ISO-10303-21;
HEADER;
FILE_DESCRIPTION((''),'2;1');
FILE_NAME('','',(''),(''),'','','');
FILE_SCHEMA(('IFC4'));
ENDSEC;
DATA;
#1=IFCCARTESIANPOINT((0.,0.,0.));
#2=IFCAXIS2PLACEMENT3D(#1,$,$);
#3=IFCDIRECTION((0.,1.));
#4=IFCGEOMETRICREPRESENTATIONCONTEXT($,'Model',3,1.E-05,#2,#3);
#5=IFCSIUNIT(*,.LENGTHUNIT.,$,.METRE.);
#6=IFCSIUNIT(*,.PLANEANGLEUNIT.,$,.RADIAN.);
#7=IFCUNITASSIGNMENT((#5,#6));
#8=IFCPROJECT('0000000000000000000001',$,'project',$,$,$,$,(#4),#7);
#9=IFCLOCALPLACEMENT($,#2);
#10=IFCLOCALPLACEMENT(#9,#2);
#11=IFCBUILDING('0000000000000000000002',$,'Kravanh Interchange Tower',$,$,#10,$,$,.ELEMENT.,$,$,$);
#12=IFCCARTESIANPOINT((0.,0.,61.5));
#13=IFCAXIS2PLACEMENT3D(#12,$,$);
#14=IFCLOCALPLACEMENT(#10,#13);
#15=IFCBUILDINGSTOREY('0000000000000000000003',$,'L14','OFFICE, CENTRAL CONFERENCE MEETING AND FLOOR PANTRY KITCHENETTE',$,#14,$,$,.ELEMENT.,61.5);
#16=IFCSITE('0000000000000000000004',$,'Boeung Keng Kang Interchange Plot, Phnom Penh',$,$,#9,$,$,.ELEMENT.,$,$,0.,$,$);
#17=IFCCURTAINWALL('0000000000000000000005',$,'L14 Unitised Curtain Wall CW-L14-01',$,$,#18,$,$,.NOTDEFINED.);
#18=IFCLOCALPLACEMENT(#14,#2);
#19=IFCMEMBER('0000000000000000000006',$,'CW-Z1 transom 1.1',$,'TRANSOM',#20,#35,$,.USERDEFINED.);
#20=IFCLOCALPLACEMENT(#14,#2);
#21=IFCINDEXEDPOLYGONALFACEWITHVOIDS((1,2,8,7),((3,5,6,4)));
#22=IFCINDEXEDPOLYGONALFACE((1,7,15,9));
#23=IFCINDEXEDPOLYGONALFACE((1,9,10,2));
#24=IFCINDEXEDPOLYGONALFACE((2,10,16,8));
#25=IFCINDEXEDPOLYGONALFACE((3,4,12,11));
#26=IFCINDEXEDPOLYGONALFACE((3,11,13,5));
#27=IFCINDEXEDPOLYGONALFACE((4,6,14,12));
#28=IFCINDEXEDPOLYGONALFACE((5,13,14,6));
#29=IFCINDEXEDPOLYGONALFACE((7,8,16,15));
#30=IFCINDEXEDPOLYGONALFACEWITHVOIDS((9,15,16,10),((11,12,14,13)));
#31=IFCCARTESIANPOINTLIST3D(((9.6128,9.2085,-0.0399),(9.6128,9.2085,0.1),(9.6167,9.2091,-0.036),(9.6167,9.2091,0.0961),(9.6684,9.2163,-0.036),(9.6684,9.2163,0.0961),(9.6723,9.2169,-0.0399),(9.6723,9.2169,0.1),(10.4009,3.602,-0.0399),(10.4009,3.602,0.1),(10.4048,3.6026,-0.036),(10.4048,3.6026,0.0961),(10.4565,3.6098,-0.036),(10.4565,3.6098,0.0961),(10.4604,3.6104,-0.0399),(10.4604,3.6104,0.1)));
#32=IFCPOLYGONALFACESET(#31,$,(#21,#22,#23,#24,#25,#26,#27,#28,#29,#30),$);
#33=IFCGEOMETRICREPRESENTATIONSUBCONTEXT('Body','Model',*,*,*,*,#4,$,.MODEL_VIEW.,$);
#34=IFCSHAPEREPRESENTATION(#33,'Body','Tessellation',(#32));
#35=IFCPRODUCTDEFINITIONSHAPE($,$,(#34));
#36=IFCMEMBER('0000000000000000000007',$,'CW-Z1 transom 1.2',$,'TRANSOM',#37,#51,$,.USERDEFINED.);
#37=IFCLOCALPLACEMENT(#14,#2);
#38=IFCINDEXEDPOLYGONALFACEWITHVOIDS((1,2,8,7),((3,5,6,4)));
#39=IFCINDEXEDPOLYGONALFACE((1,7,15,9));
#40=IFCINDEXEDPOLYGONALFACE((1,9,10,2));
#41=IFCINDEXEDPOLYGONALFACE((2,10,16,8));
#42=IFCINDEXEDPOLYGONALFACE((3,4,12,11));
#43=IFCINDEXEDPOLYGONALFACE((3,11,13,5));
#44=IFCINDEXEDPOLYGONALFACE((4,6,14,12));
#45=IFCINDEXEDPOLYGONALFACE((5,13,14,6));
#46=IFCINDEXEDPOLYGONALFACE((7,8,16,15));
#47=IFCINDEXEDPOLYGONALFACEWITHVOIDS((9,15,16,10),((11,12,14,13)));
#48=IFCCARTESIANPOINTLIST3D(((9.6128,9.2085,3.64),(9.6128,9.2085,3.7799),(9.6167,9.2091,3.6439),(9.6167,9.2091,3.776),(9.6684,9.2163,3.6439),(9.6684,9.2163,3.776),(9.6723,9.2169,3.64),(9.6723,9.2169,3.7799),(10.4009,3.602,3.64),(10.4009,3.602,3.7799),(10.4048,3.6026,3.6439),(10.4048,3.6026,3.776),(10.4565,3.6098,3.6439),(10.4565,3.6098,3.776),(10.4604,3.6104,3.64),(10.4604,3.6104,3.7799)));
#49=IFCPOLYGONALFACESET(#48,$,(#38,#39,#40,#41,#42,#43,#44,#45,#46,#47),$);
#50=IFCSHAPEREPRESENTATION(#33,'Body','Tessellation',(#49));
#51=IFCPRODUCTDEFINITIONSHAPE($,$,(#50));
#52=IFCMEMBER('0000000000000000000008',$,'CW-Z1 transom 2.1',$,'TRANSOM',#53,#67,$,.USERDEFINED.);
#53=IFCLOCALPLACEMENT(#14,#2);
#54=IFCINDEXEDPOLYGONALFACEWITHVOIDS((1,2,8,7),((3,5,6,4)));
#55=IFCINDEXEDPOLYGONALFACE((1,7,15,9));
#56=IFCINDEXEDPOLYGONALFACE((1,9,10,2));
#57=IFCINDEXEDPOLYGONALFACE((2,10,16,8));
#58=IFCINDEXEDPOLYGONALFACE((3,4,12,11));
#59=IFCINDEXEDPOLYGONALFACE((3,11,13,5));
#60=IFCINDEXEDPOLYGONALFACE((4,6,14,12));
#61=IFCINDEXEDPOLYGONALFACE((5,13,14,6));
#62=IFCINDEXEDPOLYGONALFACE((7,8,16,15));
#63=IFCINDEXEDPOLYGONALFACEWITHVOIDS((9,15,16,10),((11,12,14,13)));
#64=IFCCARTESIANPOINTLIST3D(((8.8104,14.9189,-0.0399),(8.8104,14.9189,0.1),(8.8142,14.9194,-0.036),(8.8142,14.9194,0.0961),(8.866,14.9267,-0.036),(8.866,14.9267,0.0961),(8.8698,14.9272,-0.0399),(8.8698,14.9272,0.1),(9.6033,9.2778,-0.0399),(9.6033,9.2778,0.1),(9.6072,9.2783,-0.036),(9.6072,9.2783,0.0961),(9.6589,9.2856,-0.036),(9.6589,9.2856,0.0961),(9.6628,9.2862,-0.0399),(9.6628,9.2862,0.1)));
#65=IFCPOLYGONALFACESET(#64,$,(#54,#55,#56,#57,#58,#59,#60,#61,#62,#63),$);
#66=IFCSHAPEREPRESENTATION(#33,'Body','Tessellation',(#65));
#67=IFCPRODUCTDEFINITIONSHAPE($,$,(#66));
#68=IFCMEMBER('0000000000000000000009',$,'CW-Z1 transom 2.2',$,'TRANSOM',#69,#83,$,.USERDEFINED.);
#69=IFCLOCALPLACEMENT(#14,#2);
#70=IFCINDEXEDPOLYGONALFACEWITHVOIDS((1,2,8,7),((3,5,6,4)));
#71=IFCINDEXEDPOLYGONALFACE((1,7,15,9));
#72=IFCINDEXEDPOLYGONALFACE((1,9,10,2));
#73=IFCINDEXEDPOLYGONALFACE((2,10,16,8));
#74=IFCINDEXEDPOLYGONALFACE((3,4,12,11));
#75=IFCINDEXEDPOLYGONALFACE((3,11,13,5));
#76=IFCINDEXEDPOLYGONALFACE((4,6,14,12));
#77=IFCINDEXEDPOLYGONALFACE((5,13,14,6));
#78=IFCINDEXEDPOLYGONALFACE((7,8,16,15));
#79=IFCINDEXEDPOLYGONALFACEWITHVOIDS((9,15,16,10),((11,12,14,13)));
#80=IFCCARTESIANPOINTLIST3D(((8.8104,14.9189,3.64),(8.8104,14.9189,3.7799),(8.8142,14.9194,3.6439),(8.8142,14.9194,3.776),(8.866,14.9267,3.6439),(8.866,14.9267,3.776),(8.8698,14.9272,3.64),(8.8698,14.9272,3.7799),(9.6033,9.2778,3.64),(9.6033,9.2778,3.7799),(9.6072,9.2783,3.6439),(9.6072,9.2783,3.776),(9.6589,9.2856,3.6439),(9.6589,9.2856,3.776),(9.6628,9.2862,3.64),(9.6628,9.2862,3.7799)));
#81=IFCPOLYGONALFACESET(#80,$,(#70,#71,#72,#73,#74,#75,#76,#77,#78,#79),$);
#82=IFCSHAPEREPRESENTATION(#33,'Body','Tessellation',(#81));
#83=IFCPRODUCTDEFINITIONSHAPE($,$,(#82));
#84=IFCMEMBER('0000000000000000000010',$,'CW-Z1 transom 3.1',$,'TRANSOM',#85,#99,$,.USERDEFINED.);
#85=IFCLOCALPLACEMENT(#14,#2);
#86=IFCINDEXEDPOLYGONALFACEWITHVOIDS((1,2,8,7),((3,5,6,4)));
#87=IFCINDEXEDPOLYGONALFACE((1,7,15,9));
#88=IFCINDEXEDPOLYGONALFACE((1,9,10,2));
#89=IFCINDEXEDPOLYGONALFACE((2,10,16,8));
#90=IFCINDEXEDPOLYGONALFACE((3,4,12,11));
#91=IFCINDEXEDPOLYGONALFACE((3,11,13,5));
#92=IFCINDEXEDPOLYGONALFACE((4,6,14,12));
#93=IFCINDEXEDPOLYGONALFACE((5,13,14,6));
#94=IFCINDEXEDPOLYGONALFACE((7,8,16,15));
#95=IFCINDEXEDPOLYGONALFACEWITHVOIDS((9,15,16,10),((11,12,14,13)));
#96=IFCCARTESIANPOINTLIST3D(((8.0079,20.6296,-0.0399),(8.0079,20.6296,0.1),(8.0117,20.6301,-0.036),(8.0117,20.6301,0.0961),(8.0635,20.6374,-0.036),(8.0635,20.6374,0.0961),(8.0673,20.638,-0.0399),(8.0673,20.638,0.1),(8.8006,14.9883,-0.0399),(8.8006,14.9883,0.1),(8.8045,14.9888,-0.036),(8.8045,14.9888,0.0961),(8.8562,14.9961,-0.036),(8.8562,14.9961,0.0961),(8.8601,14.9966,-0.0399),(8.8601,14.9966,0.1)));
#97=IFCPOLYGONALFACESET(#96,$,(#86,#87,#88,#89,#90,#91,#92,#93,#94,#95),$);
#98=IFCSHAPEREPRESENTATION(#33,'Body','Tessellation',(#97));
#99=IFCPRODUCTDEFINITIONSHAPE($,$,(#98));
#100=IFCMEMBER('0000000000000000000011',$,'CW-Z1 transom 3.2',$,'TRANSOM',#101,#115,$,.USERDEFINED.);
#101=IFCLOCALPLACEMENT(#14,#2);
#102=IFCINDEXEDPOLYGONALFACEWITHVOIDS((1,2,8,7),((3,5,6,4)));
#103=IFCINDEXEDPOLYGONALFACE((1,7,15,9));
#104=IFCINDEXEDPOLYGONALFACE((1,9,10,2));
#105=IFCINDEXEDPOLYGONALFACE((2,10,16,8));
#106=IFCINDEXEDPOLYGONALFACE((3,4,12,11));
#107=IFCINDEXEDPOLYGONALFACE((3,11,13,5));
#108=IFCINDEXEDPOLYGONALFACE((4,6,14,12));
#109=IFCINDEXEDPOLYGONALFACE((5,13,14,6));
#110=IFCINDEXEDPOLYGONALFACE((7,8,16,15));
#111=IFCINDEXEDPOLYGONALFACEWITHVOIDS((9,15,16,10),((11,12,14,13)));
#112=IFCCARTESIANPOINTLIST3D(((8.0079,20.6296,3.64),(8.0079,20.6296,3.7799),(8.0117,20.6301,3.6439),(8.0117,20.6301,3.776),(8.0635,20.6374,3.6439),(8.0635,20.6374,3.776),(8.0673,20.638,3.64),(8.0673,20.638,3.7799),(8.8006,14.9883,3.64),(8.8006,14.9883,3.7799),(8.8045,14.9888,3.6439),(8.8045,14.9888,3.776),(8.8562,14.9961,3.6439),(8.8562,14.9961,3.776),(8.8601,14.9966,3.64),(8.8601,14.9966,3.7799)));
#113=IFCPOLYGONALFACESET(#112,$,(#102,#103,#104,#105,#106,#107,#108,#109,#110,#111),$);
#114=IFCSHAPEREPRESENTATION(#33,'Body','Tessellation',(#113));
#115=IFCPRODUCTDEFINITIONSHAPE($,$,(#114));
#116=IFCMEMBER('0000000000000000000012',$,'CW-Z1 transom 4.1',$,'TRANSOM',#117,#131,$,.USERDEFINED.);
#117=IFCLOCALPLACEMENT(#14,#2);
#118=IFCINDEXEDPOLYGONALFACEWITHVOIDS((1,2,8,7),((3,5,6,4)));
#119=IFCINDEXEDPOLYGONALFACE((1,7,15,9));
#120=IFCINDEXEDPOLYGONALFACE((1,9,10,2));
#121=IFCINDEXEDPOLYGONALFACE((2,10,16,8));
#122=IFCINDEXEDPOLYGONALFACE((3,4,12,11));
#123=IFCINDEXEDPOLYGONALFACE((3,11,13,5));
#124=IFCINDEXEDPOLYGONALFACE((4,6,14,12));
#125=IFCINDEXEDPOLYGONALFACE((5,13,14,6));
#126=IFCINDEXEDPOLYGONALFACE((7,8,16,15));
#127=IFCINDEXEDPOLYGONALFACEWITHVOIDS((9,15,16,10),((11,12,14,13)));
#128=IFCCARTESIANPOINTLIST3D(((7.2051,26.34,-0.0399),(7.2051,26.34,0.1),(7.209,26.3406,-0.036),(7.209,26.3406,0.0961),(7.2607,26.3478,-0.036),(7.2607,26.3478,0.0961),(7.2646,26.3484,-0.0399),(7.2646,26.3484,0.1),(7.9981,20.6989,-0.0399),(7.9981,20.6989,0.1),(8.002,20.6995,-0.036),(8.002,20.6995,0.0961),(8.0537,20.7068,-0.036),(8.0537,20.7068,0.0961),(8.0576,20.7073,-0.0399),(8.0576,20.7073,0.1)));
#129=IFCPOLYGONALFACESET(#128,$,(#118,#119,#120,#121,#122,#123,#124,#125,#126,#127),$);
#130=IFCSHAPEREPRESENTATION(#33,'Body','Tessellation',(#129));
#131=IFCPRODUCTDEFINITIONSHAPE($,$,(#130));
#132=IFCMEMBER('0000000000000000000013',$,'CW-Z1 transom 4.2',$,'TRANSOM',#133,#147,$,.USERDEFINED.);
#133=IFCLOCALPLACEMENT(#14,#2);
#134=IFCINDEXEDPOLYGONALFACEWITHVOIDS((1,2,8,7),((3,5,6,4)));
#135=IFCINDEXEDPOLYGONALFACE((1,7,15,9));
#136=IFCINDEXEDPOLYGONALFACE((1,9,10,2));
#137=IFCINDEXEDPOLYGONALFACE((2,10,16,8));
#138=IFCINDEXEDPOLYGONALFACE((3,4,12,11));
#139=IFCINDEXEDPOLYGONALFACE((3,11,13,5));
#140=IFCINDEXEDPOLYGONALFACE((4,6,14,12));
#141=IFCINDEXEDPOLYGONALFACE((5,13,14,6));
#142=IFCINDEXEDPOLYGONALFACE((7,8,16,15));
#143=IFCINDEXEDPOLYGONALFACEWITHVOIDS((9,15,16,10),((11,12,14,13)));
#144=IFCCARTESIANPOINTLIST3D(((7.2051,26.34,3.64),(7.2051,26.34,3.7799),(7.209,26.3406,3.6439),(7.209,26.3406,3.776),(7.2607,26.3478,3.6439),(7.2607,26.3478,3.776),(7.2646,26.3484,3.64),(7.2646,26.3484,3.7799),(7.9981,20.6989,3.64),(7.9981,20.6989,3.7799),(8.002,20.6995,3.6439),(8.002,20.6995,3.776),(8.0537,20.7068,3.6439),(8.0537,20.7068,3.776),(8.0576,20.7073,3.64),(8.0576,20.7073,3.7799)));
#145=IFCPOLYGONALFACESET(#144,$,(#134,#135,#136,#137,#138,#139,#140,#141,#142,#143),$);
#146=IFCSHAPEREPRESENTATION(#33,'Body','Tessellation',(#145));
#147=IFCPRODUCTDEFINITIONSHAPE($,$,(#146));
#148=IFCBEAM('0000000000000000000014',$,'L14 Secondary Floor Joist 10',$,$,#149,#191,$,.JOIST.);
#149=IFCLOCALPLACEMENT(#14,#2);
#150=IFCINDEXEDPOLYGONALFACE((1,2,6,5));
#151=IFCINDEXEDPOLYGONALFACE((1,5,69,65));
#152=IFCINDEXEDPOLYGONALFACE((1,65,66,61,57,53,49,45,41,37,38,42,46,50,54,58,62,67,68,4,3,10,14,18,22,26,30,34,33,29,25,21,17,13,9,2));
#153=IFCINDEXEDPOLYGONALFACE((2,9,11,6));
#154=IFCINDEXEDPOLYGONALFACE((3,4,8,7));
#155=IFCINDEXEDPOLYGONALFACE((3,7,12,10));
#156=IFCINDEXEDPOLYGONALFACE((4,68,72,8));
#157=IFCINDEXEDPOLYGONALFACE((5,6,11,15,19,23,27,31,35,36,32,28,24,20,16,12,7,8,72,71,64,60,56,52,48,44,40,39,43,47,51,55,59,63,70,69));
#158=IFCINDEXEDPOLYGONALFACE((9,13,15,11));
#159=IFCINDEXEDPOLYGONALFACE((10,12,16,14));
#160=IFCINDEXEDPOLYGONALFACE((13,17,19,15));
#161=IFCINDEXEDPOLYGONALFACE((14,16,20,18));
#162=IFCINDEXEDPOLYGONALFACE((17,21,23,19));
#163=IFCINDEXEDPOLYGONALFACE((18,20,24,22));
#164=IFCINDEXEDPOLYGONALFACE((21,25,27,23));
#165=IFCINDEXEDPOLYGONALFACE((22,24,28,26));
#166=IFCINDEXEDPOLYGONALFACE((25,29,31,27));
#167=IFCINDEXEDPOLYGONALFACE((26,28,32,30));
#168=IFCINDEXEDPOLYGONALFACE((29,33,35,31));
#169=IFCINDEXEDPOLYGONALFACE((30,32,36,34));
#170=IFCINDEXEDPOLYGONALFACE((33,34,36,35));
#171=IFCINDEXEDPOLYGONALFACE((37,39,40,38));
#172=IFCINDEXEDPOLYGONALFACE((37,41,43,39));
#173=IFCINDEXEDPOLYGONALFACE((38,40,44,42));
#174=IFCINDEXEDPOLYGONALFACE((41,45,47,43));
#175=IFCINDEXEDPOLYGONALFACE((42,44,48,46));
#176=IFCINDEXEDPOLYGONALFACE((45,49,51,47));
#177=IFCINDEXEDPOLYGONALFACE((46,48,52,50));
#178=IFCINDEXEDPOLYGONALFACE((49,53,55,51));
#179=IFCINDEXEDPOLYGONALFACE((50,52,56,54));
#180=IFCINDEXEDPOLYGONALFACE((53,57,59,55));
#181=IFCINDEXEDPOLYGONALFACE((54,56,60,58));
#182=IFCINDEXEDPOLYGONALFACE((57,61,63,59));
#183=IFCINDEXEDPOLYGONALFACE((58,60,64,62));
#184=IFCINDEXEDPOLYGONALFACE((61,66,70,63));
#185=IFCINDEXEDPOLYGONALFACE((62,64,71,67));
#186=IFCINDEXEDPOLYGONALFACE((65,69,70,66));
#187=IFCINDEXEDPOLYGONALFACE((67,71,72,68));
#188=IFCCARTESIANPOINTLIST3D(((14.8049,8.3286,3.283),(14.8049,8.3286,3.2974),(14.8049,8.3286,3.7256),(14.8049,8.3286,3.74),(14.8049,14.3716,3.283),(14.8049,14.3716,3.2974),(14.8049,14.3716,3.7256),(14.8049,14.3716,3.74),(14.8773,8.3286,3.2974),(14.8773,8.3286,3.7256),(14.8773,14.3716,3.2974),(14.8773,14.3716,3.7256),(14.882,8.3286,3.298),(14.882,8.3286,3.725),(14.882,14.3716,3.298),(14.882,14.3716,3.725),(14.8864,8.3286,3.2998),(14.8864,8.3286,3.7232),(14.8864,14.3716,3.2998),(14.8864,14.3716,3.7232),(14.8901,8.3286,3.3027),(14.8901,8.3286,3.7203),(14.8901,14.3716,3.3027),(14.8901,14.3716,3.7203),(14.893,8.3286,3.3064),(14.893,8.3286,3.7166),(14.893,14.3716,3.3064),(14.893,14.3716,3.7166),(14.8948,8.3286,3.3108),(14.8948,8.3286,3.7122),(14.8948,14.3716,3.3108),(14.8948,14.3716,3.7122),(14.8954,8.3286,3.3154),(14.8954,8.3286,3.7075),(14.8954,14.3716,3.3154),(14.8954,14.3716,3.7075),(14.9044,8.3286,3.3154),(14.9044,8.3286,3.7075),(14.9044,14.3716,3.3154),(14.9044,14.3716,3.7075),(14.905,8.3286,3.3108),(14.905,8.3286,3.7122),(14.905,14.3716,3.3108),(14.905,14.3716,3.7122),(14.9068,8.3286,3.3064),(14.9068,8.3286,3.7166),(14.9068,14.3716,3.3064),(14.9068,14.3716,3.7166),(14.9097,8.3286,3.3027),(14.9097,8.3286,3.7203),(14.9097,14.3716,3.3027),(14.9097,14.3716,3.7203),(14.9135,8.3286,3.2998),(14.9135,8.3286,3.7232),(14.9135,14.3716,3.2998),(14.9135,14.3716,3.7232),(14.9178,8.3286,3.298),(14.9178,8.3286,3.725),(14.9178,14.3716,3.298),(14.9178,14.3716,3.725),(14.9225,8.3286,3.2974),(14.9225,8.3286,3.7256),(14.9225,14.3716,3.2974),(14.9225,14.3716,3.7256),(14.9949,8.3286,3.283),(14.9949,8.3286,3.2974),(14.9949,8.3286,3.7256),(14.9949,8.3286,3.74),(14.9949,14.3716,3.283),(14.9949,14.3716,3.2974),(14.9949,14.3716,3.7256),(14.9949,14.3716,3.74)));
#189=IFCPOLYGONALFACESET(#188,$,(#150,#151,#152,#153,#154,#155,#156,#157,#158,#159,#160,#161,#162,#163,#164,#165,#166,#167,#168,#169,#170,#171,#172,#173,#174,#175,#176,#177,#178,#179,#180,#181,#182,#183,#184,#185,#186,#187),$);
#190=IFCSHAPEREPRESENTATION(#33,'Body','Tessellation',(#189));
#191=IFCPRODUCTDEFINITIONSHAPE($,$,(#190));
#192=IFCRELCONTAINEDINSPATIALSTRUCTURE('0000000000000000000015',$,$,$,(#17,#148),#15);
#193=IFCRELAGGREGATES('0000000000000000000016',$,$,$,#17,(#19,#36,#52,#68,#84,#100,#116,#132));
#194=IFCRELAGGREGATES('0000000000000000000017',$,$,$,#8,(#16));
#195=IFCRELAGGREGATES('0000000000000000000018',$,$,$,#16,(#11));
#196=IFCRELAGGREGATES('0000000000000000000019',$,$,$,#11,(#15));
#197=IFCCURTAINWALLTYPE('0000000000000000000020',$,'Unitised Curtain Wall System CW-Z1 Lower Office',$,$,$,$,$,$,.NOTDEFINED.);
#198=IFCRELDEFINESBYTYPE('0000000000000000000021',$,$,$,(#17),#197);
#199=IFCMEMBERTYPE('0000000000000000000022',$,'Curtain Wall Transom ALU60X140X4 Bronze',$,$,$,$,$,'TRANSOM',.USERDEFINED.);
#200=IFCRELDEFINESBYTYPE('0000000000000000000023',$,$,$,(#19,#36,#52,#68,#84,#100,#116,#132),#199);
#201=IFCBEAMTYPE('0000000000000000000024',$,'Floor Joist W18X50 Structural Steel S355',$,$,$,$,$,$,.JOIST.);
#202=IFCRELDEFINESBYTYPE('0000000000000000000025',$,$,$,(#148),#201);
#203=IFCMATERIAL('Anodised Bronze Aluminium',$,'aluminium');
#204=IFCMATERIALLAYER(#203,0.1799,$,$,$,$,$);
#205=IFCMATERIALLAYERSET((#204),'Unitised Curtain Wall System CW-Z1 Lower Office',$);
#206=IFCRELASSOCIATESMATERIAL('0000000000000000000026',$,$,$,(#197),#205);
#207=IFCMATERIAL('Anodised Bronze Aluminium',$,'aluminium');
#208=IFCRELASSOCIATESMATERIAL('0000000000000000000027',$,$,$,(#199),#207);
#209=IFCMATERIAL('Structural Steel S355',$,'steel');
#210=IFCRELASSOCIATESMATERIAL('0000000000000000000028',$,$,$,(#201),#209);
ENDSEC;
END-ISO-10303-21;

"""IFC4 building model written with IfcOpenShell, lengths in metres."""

from ifc_helpers import new_model, si_unit, direction, frame, origin, origin_2d, place, context, subcontext, project, spatial, hollow_rectangle, i_section, extrude, material, layer, layer_set, material_profile, profile_set, type_object, element, aggregate, save


model = new_model("IFC4")

# Units and contexts
model_context = context("Model", 3, precision=1e-05, world=origin(), true_north=direction((0.0, 1.0)))
body_context = subcontext(model_context, "Body", "Model", "MODEL_VIEW")
ifc_project = project(units=[si_unit("LENGTHUNIT", "METRE"), si_unit("PLANEANGLEUNIT", "RADIAN")], contexts=[model_context])

# Site, building, storey
site_placement = place(None, origin())
site = spatial("IfcSite", under=ifc_project, at=site_placement, Name="Boeung Keng Kang Interchange Plot, Phnom Penh", CompositionType="ELEMENT", RefElevation=0.0)
building_placement = place(site_placement, origin())
building = spatial("IfcBuilding", under=site, at=building_placement, Name="Kravanh Interchange Tower", CompositionType="ELEMENT")
storey_placement = place(building_placement, frame((0.0, 0.0, 61.5)))
storey = spatial("IfcBuildingStorey", under=building, at=storey_placement, Name="L14", Description="OFFICE, CENTRAL CONFERENCE MEETING AND FLOOR PANTRY KITCHENETTE", CompositionType="ELEMENT", Elevation=61.5)

# Curtain wall, members
ifc_material_1 = material(Name="Anodised Bronze Aluminium", Category="aluminium")
ifc_layer_1 = layer(ifc_material_1, 0.1799)
ifc_layer_set_1 = layer_set([ifc_layer_1], Name="Unitised Curtain Wall System CW-Z1 Lower Office")
curtain_wall_type = type_object("IfcCurtainWallType", Name="Unitised Curtain Wall System CW-Z1 Lower Office", PredefinedType="NOTDEFINED", material=ifc_layer_set_1)
curtain_wall_placement = place(storey_placement, origin())
curtain_wall = element("IfcCurtainWall", 1, at=curtain_wall_placement, inside=storey, type_object=curtain_wall_type, Name="L14 Unitised Curtain Wall CW-L14-01", PredefinedType="NOTDEFINED")
ifc_material_2 = material(Name="Anodised Bronze Aluminium", Category="aluminium")
ifc_material_profile_1 = material_profile(ifc_material_2, hollow_rectangle(XDim=0.0601, YDim=0.1399, WallThickness=0.0039, at=origin_2d()), Name="ALU60X140X4")
ifc_profile_set_1 = profile_set([ifc_material_profile_1], Name="Anodised Bronze Aluminium")
member_type_1 = type_object("IfcMemberType", Name="Curtain Wall Transom ALU60X140X4 Bronze", ElementType="TRANSOM", PredefinedType="USERDEFINED", material=ifc_profile_set_1)
member_1_placement = place(storey_placement, frame((10.4307, 3.6062, 0.03), z_axis=(-0.139199, 0.990264, 0.0), x_axis=(-0.990264, -0.139199, 0.0)))
member_1 = element("IfcMember", 2, at=member_1_placement, type_object=member_type_1, Name="CW-Z1 transom 1.1", ObjectType="TRANSOM", PredefinedType="USERDEFINED", context=body_context, shape_type="SweptSolid", body=[
    extrude(hollow_rectangle(XDim=0.0601, YDim=0.1399, WallThickness=0.0039, at=origin_2d()), origin(), (0.0, 0.0, 1.0), 5.6616),
])
member_2_placement = place(storey_placement, frame((10.4307, 3.6062, 3.71), z_axis=(-0.139199, 0.990264, 0.0), x_axis=(-0.990264, -0.139199, 0.0)))
member_2 = element("IfcMember", 3, at=member_2_placement, type_object=member_type_1, Name="CW-Z1 transom 1.2", ObjectType="TRANSOM", PredefinedType="USERDEFINED", context=body_context, shape_type="SweptSolid", body=[
    extrude(hollow_rectangle(XDim=0.0601, YDim=0.1399, WallThickness=0.0039, at=origin_2d()), origin(), (0.0, 0.0, 1.0), 5.6616),
])
member_3_placement = place(storey_placement, frame((9.6331, 9.282, 0.03), z_axis=(-0.139201, 0.990264, 0.0), x_axis=(-0.990264, -0.139201, 0.0)))
member_3 = element("IfcMember", 4, at=member_3_placement, type_object=member_type_1, Name="CW-Z1 transom 2.1", ObjectType="TRANSOM", PredefinedType="USERDEFINED", context=body_context, shape_type="SweptSolid", body=[
    extrude(hollow_rectangle(XDim=0.0601, YDim=0.1399, WallThickness=0.0039, at=origin_2d()), origin(), (0.0, 0.0, 1.0), 5.6965),
])
member_4_placement = place(storey_placement, frame((9.6331, 9.282, 3.71), z_axis=(-0.139201, 0.990264, 0.0), x_axis=(-0.990264, -0.139201, 0.0)))
member_4 = element("IfcMember", 5, at=member_4_placement, type_object=member_type_1, Name="CW-Z1 transom 2.2", ObjectType="TRANSOM", PredefinedType="USERDEFINED", context=body_context, shape_type="SweptSolid", body=[
    extrude(hollow_rectangle(XDim=0.0601, YDim=0.1399, WallThickness=0.0039, at=origin_2d()), origin(), (0.0, 0.0, 1.0), 5.6965),
])
member_5_placement = place(storey_placement, frame((8.8303, 14.9924, 0.03), z_axis=(-0.139153, 0.990271, 0.0), x_axis=(-0.990271, -0.139153, 0.0)))
member_5 = element("IfcMember", 6, at=member_5_placement, type_object=member_type_1, Name="CW-Z1 transom 3.1", ObjectType="TRANSOM", PredefinedType="USERDEFINED", context=body_context, shape_type="SweptSolid", body=[
    extrude(hollow_rectangle(XDim=0.0601, YDim=0.1399, WallThickness=0.0039, at=origin_2d()), origin(), (0.0, 0.0, 1.0), 5.6968),
])
member_6_placement = place(storey_placement, frame((8.8303, 14.9924, 3.71), z_axis=(-0.139153, 0.990271, 0.0), x_axis=(-0.990271, -0.139153, 0.0)))
member_6 = element("IfcMember", 7, at=member_6_placement, type_object=member_type_1, Name="CW-Z1 transom 3.2", ObjectType="TRANSOM", PredefinedType="USERDEFINED", context=body_context, shape_type="SweptSolid", body=[
    extrude(hollow_rectangle(XDim=0.0601, YDim=0.1399, WallThickness=0.0039, at=origin_2d()), origin(), (0.0, 0.0, 1.0), 5.6968),
])
member_7_placement = place(storey_placement, frame((8.0278, 20.7031, 0.03), z_axis=(-0.139201, 0.990264, 0.0), x_axis=(-0.990264, -0.139201, 0.0)))
member_7 = element("IfcMember", 8, at=member_7_placement, type_object=member_type_1, Name="CW-Z1 transom 4.1", ObjectType="TRANSOM", PredefinedType="USERDEFINED", context=body_context, shape_type="SweptSolid", body=[
    extrude(hollow_rectangle(XDim=0.0601, YDim=0.1399, WallThickness=0.0039, at=origin_2d()), origin(), (0.0, 0.0, 1.0), 5.6965),
])
member_8_placement = place(storey_placement, frame((8.0278, 20.7031, 3.71), z_axis=(-0.139201, 0.990264, 0.0), x_axis=(-0.990264, -0.139201, 0.0)))
member_8 = element("IfcMember", 9, at=member_8_placement, type_object=member_type_1, Name="CW-Z1 transom 4.2", ObjectType="TRANSOM", PredefinedType="USERDEFINED", context=body_context, shape_type="SweptSolid", body=[
    extrude(hollow_rectangle(XDim=0.0601, YDim=0.1399, WallThickness=0.0039, at=origin_2d()), origin(), (0.0, 0.0, 1.0), 5.6965),
])

# Beam
ifc_material_3 = material(Name="Structural Steel S355", Category="steel")
ifc_material_profile_2 = material_profile(ifc_material_3, i_section(OverallWidth=0.1899, OverallDepth=0.457, WebThickness=0.009, FlangeThickness=0.0144, FilletRadius=0.0181, at=origin_2d()), Name="W18X50")
ifc_profile_set_2 = profile_set([ifc_material_profile_2], Name="Structural Steel S355")
beam_type_1 = type_object("IfcBeamType", Name="Floor Joist W18X50 Structural Steel S355", PredefinedType="JOIST", material=ifc_profile_set_2)
beam_1_placement = place(storey_placement, frame((14.8999, 8.3286, 3.5115), z_axis=(0.0, 1.0, 0.0), x_axis=(-1.0, 0.0, 0.0)))
element("IfcBeam", 10, at=beam_1_placement, inside=storey, type_object=beam_type_1, Name="L14 Secondary Floor Joist 10", PredefinedType="JOIST", context=body_context, shape_type="SweptSolid", body=[
    extrude(i_section(OverallWidth=0.1899, OverallDepth=0.457, WebThickness=0.009, FlangeThickness=0.0144, FilletRadius=0.0181, at=origin_2d()), origin(), (0.0, 0.0, 1.0), 6.043),
])

aggregate(curtain_wall, [member_1, member_2, member_3, member_4, member_5, member_6, member_7, member_8])

save(model, "model.ifc")
